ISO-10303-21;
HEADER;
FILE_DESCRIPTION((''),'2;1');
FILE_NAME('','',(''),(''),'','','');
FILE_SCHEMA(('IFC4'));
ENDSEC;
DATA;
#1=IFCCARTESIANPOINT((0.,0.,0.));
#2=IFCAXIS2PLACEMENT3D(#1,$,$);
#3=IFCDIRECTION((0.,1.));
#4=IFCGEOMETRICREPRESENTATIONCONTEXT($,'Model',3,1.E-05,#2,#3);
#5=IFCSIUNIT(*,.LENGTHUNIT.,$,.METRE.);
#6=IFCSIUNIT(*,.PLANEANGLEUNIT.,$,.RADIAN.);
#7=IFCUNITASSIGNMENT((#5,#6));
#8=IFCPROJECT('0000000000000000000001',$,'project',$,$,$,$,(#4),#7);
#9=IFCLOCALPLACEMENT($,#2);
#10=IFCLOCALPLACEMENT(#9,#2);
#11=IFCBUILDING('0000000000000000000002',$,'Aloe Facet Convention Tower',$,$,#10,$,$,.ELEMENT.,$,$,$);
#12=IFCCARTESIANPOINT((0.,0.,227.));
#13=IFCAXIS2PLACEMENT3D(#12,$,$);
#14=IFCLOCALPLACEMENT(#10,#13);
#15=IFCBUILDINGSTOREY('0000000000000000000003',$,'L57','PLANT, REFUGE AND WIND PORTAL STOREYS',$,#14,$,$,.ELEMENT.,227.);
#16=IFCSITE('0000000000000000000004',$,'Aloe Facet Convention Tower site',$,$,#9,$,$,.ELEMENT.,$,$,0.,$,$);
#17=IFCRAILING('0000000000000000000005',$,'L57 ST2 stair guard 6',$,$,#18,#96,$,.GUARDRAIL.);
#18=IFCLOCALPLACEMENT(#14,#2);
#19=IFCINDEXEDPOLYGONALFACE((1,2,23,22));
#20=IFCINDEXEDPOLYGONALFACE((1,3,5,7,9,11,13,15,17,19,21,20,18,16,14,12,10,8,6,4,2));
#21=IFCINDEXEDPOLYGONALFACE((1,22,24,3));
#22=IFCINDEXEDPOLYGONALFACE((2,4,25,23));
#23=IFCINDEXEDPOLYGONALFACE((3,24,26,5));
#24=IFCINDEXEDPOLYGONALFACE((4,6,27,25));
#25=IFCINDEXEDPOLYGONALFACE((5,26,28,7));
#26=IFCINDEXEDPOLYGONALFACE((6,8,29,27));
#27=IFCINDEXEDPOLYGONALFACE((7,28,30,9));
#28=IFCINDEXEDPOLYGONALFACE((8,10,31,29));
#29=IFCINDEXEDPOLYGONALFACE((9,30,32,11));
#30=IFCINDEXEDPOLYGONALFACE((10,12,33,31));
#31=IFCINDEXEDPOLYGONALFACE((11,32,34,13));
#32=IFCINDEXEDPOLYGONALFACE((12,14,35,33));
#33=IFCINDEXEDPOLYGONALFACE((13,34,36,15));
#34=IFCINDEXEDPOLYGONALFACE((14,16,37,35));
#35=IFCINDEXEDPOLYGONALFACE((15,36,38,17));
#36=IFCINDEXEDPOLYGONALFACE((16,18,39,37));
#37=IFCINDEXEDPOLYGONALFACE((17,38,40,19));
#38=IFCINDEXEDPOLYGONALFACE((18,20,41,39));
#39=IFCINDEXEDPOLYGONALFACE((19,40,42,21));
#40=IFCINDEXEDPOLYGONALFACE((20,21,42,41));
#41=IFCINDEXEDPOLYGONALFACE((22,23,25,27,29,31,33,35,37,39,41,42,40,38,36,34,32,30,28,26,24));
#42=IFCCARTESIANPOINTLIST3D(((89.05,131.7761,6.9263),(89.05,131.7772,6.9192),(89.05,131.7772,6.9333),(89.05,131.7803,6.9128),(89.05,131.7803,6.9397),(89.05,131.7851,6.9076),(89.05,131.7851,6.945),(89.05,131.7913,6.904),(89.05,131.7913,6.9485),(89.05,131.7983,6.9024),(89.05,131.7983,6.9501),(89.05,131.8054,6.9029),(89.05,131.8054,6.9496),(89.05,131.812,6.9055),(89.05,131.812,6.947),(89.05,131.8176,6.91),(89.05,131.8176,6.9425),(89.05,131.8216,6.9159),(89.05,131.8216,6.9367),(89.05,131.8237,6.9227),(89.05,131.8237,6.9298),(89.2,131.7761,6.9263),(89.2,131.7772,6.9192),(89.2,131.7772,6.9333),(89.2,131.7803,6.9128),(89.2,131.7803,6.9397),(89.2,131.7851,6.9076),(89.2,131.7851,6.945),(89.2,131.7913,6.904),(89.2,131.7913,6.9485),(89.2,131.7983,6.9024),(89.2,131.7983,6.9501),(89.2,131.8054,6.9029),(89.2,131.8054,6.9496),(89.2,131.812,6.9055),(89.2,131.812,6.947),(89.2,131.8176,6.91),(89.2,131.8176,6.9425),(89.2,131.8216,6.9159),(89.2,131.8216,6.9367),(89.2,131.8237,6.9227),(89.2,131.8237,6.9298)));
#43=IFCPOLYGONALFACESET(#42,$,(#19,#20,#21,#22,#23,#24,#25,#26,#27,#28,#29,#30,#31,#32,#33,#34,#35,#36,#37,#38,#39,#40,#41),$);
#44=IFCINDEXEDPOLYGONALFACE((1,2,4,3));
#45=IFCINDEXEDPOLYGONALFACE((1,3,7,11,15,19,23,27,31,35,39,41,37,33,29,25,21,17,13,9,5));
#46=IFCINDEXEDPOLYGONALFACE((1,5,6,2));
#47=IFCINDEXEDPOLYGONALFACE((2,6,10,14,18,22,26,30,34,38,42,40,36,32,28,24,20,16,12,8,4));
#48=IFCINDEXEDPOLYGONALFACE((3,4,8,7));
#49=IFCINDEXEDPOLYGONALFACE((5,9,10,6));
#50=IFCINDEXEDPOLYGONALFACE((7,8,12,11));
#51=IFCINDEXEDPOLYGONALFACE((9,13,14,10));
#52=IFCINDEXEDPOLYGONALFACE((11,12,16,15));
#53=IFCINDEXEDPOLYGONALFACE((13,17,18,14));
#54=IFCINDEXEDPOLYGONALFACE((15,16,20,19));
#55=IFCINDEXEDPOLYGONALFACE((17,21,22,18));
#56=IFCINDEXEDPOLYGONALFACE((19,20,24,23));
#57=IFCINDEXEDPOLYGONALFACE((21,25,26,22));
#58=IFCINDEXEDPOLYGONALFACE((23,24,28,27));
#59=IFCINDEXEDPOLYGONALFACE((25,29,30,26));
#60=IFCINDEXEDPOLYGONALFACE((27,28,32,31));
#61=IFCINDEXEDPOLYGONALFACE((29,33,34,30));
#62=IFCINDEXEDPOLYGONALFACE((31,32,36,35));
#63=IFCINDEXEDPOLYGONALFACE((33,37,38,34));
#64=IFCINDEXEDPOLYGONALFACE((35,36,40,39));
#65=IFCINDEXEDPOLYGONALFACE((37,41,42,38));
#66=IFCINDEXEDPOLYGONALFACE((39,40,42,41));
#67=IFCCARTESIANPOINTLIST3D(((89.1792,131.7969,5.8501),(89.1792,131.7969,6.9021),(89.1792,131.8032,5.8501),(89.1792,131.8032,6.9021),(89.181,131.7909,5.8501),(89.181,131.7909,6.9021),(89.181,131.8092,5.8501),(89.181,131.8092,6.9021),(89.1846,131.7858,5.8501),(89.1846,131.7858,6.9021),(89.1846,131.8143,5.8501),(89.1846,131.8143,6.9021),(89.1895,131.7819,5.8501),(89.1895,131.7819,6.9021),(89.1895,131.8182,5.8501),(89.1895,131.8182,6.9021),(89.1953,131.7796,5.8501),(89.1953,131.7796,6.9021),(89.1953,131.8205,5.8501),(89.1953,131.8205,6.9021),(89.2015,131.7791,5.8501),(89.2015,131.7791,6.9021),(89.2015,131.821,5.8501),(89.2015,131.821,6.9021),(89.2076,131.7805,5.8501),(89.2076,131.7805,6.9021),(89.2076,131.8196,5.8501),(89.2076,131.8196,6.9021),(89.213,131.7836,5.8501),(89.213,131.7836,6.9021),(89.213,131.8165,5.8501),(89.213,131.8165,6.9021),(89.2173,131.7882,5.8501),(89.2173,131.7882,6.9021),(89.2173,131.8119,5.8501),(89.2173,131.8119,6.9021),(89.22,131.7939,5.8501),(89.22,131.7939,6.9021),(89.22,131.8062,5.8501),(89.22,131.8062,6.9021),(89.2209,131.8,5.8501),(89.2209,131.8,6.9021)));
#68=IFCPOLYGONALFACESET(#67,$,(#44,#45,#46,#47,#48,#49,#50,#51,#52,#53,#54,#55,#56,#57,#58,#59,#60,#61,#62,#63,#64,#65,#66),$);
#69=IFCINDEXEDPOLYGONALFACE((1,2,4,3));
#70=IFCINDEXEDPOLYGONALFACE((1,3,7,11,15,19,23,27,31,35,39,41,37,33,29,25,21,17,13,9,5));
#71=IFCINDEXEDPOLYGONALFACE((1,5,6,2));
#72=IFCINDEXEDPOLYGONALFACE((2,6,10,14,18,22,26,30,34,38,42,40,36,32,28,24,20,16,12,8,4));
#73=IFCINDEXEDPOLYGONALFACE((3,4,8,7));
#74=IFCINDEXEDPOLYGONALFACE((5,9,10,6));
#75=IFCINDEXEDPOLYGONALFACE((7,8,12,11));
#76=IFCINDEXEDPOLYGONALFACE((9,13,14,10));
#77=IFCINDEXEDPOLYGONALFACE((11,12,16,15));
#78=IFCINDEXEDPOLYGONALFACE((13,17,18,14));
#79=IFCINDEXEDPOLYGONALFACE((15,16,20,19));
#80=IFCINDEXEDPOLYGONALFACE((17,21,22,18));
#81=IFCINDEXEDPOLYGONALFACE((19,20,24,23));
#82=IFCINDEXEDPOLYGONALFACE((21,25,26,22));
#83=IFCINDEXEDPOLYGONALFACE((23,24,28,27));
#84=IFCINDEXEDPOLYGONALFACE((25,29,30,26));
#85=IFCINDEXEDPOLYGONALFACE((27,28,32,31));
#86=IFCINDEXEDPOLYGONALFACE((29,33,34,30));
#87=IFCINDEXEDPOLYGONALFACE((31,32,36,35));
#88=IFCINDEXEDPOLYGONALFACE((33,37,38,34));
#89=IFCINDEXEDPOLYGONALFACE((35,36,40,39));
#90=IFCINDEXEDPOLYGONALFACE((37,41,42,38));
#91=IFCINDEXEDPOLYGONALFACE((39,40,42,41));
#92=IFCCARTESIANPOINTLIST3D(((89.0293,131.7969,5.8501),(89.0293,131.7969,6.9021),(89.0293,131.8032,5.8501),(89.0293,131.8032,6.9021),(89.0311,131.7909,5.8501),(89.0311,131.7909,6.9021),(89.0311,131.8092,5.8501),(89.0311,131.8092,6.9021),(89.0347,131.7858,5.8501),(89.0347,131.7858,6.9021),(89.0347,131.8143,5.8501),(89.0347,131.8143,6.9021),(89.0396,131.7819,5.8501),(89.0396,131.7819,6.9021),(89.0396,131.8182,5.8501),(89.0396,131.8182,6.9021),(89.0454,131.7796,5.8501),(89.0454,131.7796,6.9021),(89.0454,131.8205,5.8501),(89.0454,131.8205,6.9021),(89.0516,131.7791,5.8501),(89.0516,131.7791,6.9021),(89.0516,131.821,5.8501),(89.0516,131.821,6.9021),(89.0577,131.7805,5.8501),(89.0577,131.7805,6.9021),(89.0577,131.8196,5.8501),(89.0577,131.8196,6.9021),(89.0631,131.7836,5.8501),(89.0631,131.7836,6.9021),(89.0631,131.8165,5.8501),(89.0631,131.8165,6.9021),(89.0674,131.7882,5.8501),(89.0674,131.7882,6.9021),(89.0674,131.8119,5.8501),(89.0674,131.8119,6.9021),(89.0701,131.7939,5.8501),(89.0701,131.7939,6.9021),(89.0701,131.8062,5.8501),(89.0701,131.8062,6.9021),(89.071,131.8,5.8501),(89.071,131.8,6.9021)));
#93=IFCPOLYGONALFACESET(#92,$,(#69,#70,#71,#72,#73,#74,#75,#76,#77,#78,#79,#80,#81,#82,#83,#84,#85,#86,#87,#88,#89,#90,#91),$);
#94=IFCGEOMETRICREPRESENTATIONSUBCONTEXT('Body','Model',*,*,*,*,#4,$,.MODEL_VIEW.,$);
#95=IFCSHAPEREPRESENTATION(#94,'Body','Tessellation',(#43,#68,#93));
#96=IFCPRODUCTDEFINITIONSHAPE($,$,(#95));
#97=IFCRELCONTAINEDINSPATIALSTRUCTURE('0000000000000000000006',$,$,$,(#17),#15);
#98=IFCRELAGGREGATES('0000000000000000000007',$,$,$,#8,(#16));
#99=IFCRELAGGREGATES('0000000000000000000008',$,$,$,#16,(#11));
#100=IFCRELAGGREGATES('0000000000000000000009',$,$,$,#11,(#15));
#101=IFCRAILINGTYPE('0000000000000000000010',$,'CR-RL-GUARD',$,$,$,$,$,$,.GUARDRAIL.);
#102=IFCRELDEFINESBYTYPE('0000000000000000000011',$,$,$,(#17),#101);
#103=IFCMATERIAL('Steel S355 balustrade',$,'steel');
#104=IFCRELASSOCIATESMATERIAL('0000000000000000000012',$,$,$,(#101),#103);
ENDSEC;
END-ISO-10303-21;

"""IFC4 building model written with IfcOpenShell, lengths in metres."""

from ifc_helpers import new_model, si_unit, direction, frame, origin, origin_2d, place, context, subcontext, project, spatial, circle, extrude, material, type_object, element, save


model = new_model("IFC4")

# Units and contexts
model_context = context("Model", 3, precision=1e-05, world=origin(), true_north=direction((0.0, 1.0)))
body_context = subcontext(model_context, "Body", "Model", "MODEL_VIEW")
ifc_project = project(units=[si_unit("LENGTHUNIT", "METRE"), si_unit("PLANEANGLEUNIT", "RADIAN")], contexts=[model_context])

# Site, building, storey
site_placement = place(None, origin())
site = spatial("IfcSite", under=ifc_project, at=site_placement, Name="Aloe Facet Convention Tower site", CompositionType="ELEMENT", RefElevation=0.0)
building_placement = place(site_placement, origin())
building = spatial("IfcBuilding", under=site, at=building_placement, Name="Aloe Facet Convention Tower", CompositionType="ELEMENT")
storey_placement = place(building_placement, frame((0.0, 0.0, 227.0)))
storey = spatial("IfcBuildingStorey", under=building, at=storey_placement, Name="L57", Description="PLANT, REFUGE AND WIND PORTAL STOREYS", CompositionType="ELEMENT", Elevation=227.0)

# Railing
ifc_material_1 = material(Name="Steel S355 balustrade", Category="steel")
railing_type_1 = type_object("IfcRailingType", Name="CR-RL-GUARD", PredefinedType="GUARDRAIL", material=ifc_material_1)
railing_1_placement = place(storey_placement, frame((89.2, 131.8, 5.8501)))
element("IfcRailing", 1, at=railing_1_placement, inside=storey, type_object=railing_type_1, Name="L57 ST2 stair guard 6", PredefinedType="GUARDRAIL", context=body_context, shape_type="SweptSolid", body=[
    extrude(circle(Radius=0.0239, at=origin_2d()), frame((0.0, 0.0, 1.0762), z_axis=(-1.0, 0.0, 0.0), x_axis=(0.0, -1.0, 0.0)), (0.0, 0.0, 1.0), 0.1499),
    extrude(circle(Radius=0.021, at=origin_2d()), origin(), (0.0, 0.0, 1.0), 1.052),
    extrude(circle(Radius=0.021, at=origin_2d()), frame((-0.1499, 0.0, 0.0)), (0.0, 0.0, 1.0), 1.052),
])

save(model, "model.ifc")
